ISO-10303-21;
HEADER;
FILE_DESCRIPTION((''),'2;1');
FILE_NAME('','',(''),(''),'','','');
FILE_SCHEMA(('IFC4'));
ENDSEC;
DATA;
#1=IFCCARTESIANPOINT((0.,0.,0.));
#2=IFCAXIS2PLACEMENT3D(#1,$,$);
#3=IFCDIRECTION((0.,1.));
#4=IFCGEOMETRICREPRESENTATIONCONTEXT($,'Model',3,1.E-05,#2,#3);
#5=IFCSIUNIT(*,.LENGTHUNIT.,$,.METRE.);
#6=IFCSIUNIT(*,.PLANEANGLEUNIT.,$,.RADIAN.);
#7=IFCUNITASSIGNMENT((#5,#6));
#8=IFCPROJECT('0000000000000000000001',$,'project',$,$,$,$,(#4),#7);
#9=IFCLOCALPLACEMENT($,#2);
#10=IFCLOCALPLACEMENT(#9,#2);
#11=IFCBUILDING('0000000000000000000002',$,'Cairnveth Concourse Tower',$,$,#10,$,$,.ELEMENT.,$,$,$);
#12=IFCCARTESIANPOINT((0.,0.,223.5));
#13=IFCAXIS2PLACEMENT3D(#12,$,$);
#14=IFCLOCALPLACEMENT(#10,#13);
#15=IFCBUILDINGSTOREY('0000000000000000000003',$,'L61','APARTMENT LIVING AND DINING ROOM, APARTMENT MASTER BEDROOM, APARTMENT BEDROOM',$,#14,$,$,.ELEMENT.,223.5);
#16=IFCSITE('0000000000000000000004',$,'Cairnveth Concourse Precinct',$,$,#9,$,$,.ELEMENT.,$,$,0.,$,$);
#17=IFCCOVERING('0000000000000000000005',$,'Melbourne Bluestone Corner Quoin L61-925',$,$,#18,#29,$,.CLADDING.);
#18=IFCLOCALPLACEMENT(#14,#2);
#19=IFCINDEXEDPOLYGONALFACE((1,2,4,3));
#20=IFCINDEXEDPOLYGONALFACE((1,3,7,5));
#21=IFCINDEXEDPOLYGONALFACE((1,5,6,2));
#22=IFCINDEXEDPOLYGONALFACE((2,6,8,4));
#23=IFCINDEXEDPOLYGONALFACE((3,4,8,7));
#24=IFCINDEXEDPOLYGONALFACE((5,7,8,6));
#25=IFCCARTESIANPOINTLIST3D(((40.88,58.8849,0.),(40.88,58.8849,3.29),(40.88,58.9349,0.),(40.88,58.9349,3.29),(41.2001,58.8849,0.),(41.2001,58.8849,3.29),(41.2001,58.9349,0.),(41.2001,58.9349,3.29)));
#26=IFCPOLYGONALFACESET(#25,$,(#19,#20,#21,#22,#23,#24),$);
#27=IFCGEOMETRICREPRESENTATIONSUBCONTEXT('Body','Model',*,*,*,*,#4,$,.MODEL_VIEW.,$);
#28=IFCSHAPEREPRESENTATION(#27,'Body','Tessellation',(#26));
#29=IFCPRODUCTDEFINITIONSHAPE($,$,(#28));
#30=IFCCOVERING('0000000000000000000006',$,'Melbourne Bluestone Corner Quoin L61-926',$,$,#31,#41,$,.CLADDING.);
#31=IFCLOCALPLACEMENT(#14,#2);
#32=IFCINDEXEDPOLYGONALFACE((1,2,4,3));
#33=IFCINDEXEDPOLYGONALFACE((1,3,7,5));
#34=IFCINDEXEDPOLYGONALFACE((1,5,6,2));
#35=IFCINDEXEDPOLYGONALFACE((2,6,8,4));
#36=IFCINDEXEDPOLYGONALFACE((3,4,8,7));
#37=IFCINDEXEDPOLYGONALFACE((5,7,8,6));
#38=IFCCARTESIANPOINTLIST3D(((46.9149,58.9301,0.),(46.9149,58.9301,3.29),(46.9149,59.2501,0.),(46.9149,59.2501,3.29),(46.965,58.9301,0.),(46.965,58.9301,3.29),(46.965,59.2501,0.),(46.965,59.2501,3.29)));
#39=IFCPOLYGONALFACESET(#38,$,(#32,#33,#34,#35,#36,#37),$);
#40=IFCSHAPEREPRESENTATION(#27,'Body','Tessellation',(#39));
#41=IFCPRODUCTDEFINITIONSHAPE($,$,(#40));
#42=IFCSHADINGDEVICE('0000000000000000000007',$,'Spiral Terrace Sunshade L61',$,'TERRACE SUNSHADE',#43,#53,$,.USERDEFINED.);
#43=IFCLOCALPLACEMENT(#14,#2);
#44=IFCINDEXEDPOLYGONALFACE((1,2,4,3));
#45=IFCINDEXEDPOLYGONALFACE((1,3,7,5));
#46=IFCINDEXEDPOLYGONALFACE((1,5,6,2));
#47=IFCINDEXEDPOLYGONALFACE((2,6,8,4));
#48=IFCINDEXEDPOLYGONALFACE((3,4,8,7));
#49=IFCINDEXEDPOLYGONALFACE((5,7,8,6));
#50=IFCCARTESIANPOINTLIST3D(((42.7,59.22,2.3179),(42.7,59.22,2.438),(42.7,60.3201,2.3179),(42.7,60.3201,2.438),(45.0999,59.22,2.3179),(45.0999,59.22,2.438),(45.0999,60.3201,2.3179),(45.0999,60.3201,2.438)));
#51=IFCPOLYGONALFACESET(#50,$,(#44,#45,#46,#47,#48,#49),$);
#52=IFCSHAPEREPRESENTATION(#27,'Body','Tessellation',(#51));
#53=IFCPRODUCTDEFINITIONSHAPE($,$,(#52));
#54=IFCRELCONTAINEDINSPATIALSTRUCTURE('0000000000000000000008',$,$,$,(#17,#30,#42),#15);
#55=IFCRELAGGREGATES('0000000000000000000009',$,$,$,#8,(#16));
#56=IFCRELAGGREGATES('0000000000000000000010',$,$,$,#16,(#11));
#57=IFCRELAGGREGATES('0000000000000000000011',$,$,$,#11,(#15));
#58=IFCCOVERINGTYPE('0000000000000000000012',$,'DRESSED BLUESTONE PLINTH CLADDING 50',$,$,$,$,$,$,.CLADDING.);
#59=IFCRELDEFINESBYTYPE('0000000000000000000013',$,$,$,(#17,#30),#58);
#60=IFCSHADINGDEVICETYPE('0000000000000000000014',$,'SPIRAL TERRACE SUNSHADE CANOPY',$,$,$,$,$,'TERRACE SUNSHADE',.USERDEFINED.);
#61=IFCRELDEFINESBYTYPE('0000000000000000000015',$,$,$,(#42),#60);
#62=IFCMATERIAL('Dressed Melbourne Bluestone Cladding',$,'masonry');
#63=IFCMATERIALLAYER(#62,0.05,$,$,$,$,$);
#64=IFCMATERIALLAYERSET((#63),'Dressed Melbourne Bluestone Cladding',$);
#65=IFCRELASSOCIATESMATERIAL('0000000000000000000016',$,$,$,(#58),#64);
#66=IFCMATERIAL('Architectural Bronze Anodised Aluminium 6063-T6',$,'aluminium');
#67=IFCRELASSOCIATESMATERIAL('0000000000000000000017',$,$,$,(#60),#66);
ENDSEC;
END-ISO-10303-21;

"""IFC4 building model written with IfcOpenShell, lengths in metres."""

from ifc_helpers import new_model, si_unit, direction, frame, frame_2d, origin, origin_2d, place, context, subcontext, project, spatial, rectangle, extrude, material, layer, layer_set, type_object, element, save


model = new_model("IFC4")

# Units and contexts
model_context = context("Model", 3, precision=1e-05, world=origin(), true_north=direction((0.0, 1.0)))
body_context = subcontext(model_context, "Body", "Model", "MODEL_VIEW")
ifc_project = project(units=[si_unit("LENGTHUNIT", "METRE"), si_unit("PLANEANGLEUNIT", "RADIAN")], contexts=[model_context])

# Site, building, storey
site_placement = place(None, origin())
site = spatial("IfcSite", under=ifc_project, at=site_placement, Name="Cairnveth Concourse Precinct", CompositionType="ELEMENT", RefElevation=0.0)
building_placement = place(site_placement, origin())
building = spatial("IfcBuilding", under=site, at=building_placement, Name="Cairnveth Concourse Tower", CompositionType="ELEMENT")
storey_placement = place(building_placement, frame((0.0, 0.0, 223.5)))
storey = spatial("IfcBuildingStorey", under=building, at=storey_placement, Name="L61", Description="APARTMENT LIVING AND DINING ROOM, APARTMENT MASTER BEDROOM, APARTMENT BEDROOM", CompositionType="ELEMENT", Elevation=223.5)

# Shared definitions
ifc_material_1 = material(Name="Dressed Melbourne Bluestone Cladding", Category="masonry")

# Shared definitions
ifc_material_2 = material(Name="Architectural Bronze Anodised Aluminium 6063-T6", Category="aluminium")

# Coverings
ifc_layer_1 = layer(ifc_material_1, 0.05)
ifc_layer_set_1 = layer_set([ifc_layer_1], Name="Dressed Melbourne Bluestone Cladding")
covering_type = type_object("IfcCoveringType", Name="DRESSED BLUESTONE PLINTH CLADDING 50", PredefinedType="CLADDING", material=ifc_layer_set_1)
for number, where, z_axis, x_axis, name in (
    (1, (40.8799, 58.9099, 0.0), (0.0, 0.0, 1.0), (1.0, 0.0, 0.0), "Melbourne Bluestone Corner Quoin L61-925"),
    (2, (46.9399, 58.9299, 0.0), (0.0, 0.0, 1.0), (0.0, 1.0, 0.0), "Melbourne Bluestone Corner Quoin L61-926"),
):
    element("IfcCovering", number, at=place(storey_placement, frame(where, z_axis=z_axis, x_axis=x_axis)), inside=storey, type_object=covering_type, Name=name, PredefinedType="CLADDING", context=body_context, shape_type="SweptSolid", body=[
        extrude(rectangle(XDim=0.3201, YDim=0.05, at=frame_2d((0.1602, 0.0))), origin(), (0.0, 0.0, 1.0), 3.29),
    ])

# Shading device
shading_device_type = type_object("IfcShadingDeviceType", Name="SPIRAL TERRACE SUNSHADE CANOPY", ElementType="TERRACE SUNSHADE", PredefinedType="USERDEFINED", material=ifc_material_2)
shading_device_placement = place(storey_placement, frame((43.8999, 59.77, 2.3179), z_axis=(0.0, 0.0, 1.0), x_axis=(1.0, 0.0, 0.0)))
element("IfcShadingDevice", 3, at=shading_device_placement, inside=storey, type_object=shading_device_type, Name="Spiral Terrace Sunshade L61", ObjectType="TERRACE SUNSHADE", PredefinedType="USERDEFINED", context=body_context, shape_type="SweptSolid", body=[
    extrude(rectangle(XDim=2.3999, YDim=1.1001, at=origin_2d()), origin(), (0.0, 0.0, 1.0), 0.1201),
])

save(model, "model.ifc")
